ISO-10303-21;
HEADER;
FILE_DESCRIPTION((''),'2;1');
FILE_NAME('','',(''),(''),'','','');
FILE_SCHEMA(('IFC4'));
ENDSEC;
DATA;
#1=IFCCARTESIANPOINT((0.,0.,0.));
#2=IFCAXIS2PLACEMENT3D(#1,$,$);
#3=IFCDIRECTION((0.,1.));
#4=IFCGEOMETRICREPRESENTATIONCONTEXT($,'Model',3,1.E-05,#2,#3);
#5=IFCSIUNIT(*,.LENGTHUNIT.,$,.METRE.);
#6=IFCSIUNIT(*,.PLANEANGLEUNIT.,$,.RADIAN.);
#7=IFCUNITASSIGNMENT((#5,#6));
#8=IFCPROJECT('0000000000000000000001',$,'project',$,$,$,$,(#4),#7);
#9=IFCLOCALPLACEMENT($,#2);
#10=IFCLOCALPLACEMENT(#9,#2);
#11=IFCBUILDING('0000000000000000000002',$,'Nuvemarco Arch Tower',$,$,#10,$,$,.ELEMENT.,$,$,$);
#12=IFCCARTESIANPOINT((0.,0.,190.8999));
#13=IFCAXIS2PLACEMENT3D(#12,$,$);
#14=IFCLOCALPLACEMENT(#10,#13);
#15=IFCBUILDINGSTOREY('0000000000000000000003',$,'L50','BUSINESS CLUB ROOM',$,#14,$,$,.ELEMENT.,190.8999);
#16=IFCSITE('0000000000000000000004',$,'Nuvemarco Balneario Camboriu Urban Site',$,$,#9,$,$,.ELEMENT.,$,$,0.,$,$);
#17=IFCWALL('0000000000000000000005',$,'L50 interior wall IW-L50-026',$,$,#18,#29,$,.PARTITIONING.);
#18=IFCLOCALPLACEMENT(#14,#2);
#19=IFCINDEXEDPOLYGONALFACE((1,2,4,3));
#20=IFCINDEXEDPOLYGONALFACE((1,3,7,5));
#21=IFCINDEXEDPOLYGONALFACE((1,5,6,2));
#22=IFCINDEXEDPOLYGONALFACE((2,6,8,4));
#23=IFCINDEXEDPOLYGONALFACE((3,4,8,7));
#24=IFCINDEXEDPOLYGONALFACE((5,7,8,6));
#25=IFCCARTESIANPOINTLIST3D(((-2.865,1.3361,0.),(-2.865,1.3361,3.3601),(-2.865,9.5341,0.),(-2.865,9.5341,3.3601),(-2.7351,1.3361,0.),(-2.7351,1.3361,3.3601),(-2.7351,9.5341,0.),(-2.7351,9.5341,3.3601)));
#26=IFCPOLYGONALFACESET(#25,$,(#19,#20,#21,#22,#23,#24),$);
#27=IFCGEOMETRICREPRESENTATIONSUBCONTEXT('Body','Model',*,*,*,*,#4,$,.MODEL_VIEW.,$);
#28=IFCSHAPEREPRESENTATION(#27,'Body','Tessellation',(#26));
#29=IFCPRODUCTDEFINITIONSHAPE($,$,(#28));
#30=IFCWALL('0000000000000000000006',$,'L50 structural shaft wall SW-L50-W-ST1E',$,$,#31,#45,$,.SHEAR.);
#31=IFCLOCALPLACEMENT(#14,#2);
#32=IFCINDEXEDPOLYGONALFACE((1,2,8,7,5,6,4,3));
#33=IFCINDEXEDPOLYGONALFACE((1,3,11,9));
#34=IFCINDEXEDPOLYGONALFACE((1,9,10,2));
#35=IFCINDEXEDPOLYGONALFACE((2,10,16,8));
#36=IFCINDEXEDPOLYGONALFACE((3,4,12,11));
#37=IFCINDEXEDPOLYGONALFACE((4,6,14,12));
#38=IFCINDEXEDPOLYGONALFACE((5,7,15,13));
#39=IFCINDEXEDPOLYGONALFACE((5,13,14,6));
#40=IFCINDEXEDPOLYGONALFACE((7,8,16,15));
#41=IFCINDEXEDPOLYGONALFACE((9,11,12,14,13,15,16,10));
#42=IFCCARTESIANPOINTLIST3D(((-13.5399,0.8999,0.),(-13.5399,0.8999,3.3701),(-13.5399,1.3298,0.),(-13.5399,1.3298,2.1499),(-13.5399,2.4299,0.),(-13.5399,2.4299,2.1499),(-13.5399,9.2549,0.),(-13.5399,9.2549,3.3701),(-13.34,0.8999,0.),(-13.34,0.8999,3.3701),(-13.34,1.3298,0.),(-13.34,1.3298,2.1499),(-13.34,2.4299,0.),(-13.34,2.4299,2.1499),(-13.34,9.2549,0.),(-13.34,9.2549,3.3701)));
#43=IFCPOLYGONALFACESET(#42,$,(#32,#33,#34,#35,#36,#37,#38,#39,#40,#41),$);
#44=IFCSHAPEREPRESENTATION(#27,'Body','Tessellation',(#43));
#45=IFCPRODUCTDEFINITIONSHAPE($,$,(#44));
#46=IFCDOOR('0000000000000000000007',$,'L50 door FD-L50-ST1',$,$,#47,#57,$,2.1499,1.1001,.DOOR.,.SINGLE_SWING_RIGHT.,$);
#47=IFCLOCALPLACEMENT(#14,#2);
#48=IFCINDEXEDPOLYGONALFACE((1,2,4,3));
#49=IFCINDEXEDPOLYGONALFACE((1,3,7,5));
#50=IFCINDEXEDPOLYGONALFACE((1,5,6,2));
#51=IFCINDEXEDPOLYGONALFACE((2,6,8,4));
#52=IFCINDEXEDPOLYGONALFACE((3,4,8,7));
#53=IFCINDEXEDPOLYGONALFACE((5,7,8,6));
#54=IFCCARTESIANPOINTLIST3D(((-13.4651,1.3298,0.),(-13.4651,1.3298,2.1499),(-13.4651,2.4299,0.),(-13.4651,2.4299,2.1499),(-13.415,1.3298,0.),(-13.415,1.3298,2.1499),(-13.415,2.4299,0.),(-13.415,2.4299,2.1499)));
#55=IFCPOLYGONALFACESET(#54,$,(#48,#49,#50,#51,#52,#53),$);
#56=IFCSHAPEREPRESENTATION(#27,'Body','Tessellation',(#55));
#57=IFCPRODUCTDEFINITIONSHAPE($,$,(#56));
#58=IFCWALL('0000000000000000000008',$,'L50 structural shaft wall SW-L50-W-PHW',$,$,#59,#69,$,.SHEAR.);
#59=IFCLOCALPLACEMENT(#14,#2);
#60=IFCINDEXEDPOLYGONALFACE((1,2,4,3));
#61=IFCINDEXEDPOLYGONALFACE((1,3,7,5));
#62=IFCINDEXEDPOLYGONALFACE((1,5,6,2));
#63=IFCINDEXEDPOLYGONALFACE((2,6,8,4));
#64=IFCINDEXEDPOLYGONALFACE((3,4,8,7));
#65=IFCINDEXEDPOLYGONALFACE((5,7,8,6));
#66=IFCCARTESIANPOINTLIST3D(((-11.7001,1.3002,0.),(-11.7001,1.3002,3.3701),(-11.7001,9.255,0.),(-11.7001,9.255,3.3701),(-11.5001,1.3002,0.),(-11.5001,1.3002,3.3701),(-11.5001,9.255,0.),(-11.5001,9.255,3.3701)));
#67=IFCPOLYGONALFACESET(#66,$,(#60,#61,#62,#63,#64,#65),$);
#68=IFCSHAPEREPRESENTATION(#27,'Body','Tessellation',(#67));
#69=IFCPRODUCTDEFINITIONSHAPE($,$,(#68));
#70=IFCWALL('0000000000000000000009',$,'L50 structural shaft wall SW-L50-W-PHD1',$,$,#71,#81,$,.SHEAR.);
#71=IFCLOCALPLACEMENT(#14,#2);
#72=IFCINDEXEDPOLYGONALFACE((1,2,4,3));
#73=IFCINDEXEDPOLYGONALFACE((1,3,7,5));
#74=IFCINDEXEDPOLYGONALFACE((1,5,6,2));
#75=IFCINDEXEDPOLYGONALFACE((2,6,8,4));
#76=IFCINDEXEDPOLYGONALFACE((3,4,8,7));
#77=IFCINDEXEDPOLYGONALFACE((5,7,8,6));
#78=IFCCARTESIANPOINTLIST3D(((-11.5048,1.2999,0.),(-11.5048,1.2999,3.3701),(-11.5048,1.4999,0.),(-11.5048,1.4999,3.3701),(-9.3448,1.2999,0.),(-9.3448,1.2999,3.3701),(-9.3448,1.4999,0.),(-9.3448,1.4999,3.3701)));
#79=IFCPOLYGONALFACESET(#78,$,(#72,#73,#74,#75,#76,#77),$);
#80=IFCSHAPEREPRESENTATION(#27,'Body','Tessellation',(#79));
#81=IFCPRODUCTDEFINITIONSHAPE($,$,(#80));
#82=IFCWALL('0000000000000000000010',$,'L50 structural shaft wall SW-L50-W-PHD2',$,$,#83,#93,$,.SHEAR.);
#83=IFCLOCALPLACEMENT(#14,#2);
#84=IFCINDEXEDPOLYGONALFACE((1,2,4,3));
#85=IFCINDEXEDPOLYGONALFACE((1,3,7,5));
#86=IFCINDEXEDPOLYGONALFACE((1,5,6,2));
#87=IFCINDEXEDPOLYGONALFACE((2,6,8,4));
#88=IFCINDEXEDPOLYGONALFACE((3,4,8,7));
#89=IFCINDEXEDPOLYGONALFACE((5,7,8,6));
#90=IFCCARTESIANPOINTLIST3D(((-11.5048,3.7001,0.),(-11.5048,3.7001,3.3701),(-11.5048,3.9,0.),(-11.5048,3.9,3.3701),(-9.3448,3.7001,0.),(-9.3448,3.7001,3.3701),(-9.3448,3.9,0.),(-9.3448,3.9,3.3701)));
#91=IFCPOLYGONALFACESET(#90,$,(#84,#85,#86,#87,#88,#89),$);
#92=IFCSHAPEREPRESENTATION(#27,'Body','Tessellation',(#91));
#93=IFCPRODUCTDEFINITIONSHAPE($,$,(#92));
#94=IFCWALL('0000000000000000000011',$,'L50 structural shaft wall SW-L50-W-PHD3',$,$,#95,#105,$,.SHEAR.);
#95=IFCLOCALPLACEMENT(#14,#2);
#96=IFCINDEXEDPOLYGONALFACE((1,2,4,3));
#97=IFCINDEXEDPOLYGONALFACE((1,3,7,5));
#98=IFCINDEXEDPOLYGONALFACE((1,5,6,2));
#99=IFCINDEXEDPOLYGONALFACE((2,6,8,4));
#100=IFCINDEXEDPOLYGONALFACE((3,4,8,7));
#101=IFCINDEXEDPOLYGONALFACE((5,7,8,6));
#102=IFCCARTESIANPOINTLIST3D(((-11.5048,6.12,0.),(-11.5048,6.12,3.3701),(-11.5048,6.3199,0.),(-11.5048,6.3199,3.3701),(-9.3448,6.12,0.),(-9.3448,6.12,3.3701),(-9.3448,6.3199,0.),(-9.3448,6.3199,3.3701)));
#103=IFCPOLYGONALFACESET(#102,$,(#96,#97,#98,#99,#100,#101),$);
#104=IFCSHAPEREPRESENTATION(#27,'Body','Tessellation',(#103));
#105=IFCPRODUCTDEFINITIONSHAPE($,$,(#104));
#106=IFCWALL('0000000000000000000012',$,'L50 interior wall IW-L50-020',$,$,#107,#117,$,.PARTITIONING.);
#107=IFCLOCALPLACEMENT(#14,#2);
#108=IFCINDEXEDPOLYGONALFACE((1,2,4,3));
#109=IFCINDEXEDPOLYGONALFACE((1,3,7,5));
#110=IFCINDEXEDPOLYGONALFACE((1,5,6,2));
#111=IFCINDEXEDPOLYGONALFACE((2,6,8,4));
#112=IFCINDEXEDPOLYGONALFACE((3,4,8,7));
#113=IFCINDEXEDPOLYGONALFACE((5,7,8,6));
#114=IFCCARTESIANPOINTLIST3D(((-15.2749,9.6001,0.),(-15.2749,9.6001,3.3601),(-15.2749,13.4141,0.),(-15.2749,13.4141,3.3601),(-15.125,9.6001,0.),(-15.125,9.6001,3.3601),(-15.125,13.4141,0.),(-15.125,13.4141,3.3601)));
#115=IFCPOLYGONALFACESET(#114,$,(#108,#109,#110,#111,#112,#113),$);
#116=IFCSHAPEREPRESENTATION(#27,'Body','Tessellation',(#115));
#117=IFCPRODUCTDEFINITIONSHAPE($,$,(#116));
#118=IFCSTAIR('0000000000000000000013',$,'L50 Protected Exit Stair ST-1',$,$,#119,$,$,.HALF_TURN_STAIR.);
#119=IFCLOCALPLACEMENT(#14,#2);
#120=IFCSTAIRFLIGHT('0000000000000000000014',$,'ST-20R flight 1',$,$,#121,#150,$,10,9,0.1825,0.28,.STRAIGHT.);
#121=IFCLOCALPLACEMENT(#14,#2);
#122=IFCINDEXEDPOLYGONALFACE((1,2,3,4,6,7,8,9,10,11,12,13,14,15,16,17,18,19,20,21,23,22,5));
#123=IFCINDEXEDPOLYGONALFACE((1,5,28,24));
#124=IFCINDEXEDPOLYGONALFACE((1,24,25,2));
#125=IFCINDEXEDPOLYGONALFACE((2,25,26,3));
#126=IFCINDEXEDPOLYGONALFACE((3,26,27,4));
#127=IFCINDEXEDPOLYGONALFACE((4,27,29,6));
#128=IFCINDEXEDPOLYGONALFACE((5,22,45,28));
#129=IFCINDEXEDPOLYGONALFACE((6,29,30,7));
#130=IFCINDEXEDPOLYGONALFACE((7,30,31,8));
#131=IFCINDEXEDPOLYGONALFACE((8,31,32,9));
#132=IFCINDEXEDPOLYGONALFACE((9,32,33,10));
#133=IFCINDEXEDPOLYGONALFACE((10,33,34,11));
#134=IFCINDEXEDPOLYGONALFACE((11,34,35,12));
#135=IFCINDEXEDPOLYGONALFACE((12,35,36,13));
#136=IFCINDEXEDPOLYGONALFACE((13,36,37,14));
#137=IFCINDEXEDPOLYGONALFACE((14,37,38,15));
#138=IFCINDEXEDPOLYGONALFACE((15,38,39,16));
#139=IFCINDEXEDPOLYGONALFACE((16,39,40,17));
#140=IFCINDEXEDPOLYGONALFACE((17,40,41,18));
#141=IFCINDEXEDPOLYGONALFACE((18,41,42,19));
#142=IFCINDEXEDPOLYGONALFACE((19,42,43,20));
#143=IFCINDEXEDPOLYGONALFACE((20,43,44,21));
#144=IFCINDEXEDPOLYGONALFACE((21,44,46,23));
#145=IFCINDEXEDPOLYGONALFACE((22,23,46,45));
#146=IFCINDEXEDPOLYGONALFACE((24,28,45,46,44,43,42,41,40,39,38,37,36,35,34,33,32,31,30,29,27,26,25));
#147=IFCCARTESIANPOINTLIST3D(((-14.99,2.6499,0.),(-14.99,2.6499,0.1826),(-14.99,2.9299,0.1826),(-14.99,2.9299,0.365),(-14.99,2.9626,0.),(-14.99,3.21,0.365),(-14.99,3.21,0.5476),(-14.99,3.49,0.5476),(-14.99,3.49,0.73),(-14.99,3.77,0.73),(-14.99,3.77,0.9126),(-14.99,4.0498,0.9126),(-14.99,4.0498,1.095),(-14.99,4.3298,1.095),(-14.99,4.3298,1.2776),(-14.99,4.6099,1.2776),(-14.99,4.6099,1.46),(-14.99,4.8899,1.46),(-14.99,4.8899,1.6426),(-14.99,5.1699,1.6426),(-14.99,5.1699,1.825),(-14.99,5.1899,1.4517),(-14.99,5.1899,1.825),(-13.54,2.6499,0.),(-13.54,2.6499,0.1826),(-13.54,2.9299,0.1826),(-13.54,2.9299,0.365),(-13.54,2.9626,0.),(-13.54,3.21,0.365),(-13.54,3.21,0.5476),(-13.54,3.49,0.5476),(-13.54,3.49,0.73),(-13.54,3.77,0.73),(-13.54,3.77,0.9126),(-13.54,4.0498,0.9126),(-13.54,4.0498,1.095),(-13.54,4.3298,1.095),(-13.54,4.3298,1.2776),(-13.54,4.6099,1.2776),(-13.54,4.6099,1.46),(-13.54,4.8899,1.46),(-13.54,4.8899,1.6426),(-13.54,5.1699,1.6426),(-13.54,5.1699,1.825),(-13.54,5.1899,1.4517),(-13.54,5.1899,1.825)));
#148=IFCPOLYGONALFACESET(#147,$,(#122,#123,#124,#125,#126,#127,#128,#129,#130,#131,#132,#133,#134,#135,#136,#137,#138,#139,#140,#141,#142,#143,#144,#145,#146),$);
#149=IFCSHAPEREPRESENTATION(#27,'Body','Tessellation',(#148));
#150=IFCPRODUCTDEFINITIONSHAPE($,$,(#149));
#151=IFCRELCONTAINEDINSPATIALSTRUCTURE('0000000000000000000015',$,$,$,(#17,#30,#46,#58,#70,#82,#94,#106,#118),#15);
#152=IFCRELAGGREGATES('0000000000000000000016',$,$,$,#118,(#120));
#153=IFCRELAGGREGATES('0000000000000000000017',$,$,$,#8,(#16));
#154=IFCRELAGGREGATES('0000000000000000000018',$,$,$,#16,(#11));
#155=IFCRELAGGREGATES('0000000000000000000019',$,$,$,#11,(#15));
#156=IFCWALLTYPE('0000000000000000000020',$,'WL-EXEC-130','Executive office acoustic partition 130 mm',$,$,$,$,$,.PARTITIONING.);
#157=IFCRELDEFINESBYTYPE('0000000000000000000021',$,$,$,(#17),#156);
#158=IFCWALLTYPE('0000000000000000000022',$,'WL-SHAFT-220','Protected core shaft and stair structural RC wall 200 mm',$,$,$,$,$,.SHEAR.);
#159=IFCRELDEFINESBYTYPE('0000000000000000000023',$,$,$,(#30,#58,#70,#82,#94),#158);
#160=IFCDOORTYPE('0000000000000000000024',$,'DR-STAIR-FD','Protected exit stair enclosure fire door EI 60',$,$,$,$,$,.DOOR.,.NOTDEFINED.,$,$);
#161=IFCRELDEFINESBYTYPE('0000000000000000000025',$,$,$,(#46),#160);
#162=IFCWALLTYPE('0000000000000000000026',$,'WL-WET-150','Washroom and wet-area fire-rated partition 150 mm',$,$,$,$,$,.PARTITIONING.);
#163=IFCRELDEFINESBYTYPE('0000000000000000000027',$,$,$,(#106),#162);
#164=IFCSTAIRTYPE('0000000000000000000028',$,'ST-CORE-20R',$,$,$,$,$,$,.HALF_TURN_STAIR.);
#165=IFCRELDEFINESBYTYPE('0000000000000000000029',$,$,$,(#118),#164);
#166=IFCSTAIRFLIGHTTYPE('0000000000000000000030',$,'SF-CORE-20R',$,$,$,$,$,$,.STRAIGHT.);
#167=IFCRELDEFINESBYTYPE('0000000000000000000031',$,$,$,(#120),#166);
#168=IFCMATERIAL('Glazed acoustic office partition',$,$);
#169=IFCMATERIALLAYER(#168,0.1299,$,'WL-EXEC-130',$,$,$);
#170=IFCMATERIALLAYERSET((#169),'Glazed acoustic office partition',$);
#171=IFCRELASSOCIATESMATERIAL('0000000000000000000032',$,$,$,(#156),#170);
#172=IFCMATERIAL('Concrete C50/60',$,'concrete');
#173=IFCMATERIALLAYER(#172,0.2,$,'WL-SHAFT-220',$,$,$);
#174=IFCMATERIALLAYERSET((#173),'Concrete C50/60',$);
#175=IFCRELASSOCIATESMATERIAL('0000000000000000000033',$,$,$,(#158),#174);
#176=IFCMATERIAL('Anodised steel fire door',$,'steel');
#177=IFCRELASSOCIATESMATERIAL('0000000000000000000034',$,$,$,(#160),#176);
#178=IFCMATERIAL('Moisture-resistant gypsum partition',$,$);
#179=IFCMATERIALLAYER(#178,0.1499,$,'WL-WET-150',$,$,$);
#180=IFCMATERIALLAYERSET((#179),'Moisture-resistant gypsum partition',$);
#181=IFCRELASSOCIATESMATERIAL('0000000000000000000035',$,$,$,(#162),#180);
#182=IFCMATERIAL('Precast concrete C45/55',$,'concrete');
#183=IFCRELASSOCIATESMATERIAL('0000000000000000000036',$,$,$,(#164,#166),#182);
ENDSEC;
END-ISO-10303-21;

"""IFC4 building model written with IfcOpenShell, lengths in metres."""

from ifc_helpers import new_model, si_unit, direction, frame, frame_2d, origin, place, context, subcontext, project, spatial, polyline, rectangle, outline, extrude, source, transform, mapped, material, layer, layer_set, type_object, type_shapes, element, fill, aggregate, save


model = new_model("IFC4")

# Units and contexts
model_context = context("Model", 3, precision=1e-05, world=origin(), true_north=direction((0.0, 1.0)))
body_context = subcontext(model_context, "Body", "Model", "MODEL_VIEW")
ifc_project = project(units=[si_unit("LENGTHUNIT", "METRE"), si_unit("PLANEANGLEUNIT", "RADIAN")], contexts=[model_context])

# Site, building, storey
site_placement = place(None, origin())
site = spatial("IfcSite", under=ifc_project, at=site_placement, Name="Nuvemarco Balneario Camboriu Urban Site", CompositionType="ELEMENT", RefElevation=0.0)
building_placement = place(site_placement, origin())
building = spatial("IfcBuilding", under=site, at=building_placement, Name="Nuvemarco Arch Tower", CompositionType="ELEMENT")
storey_placement = place(building_placement, frame((0.0, 0.0, 190.8999)))
storey = spatial("IfcBuildingStorey", under=building, at=storey_placement, Name="L50", Description="BUSINESS CLUB ROOM", CompositionType="ELEMENT", Elevation=190.8999)

# Shared definitions
ifc_material_1 = material(Name="Concrete C50/60", Category="concrete")

# Wall
ifc_material_2 = material(Name="Glazed acoustic office partition")
ifc_layer_1 = layer(ifc_material_2, 0.1299, Name="WL-EXEC-130")
ifc_layer_set_1 = layer_set([ifc_layer_1], Name="Glazed acoustic office partition")
wall_type_1 = type_object("IfcWallType", Name="WL-EXEC-130", Description="Executive office acoustic partition 130 mm", PredefinedType="PARTITIONING", material=ifc_layer_set_1)
wall_1_placement = place(storey_placement, frame((-2.8, 1.3359, 0.0), z_axis=(0.0, 0.0, 1.0), x_axis=(0.0, 1.0, 0.0)))
element("IfcWall", 1, at=wall_1_placement, inside=storey, type_object=wall_type_1, Name="L50 interior wall IW-L50-026", PredefinedType="PARTITIONING", context=body_context, shape_type="SweptSolid", body=[
    extrude(rectangle(XDim=8.198, YDim=0.1299, at=frame_2d((4.0991, 0.0))), origin(), (0.0, 0.0, 1.0), 3.3601),
])

# Wall, opening, door
ifc_layer_2 = layer(ifc_material_1, 0.2, Name="WL-SHAFT-220")
ifc_layer_set_2 = layer_set([ifc_layer_2], Name="Concrete C50/60")
wall_type_2 = type_object("IfcWallType", Name="WL-SHAFT-220", Description="Protected core shaft and stair structural RC wall 200 mm", PredefinedType="SHEAR", material=ifc_layer_set_2)
wall_2_placement = place(storey_placement, frame((-13.4399, 0.8999, 0.0), z_axis=(0.0, 0.0, 1.0), x_axis=(0.0, 1.0, 0.0)))
wall_2 = element("IfcWall", 2, at=wall_2_placement, inside=storey, type_object=wall_type_2, Name="L50 structural shaft wall SW-L50-W-ST1E", PredefinedType="SHEAR", context=body_context, shape_type="SweptSolid", body=[
    extrude(rectangle(XDim=8.355, YDim=0.2, at=frame_2d((4.1775, 0.0))), origin(), (0.0, 0.0, 1.0), 3.3701),
])
opening_1_placement = place(wall_2_placement, frame((1.53, 0.0, 0.0), z_axis=(0.0, 0.0, 1.0), x_axis=(-1.0, 0.0, 0.0)))
opening_1 = element("IfcOpeningElement", 3, at=opening_1_placement, cuts=wall_2, PredefinedType="OPENING", context=body_context, shape_type="SweptSolid", body=[
    extrude(rectangle(XDim=1.1001, YDim=2.1499, at=frame_2d((0.55, 1.075))), frame((0.0, 0.1099, 0.0), z_axis=(0.0, -1.0, 0.0), x_axis=(1.0, 0.0, 0.0)), (0.0, 0.0, 1.0), 0.22),
])
ifc_material_3 = material(Name="Anodised steel fire door", Category="steel")
door_type_1 = type_object("IfcDoorType", Name="DR-STAIR-FD", Description="Protected exit stair enclosure fire door EI 60", OperationType="NOTDEFINED", PredefinedType="DOOR", material=ifc_material_3)
shared_shape_1 = source(origin(), body_context, "Body", "SweptSolid", [
    extrude(rectangle(XDim=1.1001, YDim=2.1499, at=frame_2d((0.55, 1.075))), frame((0.0, 0.0249, 0.0), z_axis=(0.0, -1.0, 0.0), x_axis=(1.0, 0.0, 0.0)), (0.0, 0.0, 1.0), 0.05),
])
type_shapes(door_type_1, [shared_shape_1])
door_1_placement = place(opening_1_placement, origin())
door_1 = element("IfcDoor", 4, at=door_1_placement, inside=storey, type_object=door_type_1, Name="L50 door FD-L50-ST1", OperationType="SINGLE_SWING_RIGHT", OverallHeight=2.1499, OverallWidth=1.1001, PredefinedType="DOOR", context=body_context, shape_type="MappedRepresentation", body=[
    mapped(shared_shape_1, transform((0.0, 0.0, 0.0), scale=1.0)),
])
fill(opening_1, door_1)

# Walls
wall_3_placement = place(storey_placement, frame((-11.6001, 1.3, 0.0), z_axis=(0.0, 0.0, 1.0), x_axis=(0.0, 1.0, 0.0)))
element("IfcWall", 5, at=wall_3_placement, inside=storey, type_object=wall_type_2, Name="L50 structural shaft wall SW-L50-W-PHW", PredefinedType="SHEAR", context=body_context, shape_type="SweptSolid", body=[
    extrude(rectangle(XDim=7.9548, YDim=0.2, at=frame_2d((3.9775, 0.0))), origin(), (0.0, 0.0, 1.0), 3.3701),
])
for number, where, z_axis, x_axis, name in (
    (6, (-11.5049, 1.3999, 0.0), (0.0, 0.0, 1.0), (1.0, 0.0, 0.0), "L50 structural shaft wall SW-L50-W-PHD1"),
    (7, (-11.5049, 3.8, 0.0), (0.0, 0.0, 1.0), (1.0, 0.0, 0.0), "L50 structural shaft wall SW-L50-W-PHD2"),
    (8, (-11.5049, 6.22, 0.0), (0.0, 0.0, 1.0), (1.0, 0.0, 0.0), "L50 structural shaft wall SW-L50-W-PHD3"),
):
    element("IfcWall", number, at=place(storey_placement, frame(where, z_axis=z_axis, x_axis=x_axis)), inside=storey, type_object=wall_type_2, Name=name, PredefinedType="SHEAR", context=body_context, shape_type="SweptSolid", body=[
        extrude(rectangle(XDim=2.1599, YDim=0.2, at=frame_2d((1.0801, 0.0))), origin(), (0.0, 0.0, 1.0), 3.3701),
    ])
ifc_material_4 = material(Name="Moisture-resistant gypsum partition")
ifc_layer_3 = layer(ifc_material_4, 0.1499, Name="WL-WET-150")
ifc_layer_set_3 = layer_set([ifc_layer_3], Name="Moisture-resistant gypsum partition")
wall_type_3 = type_object("IfcWallType", Name="WL-WET-150", Description="Washroom and wet-area fire-rated partition 150 mm", PredefinedType="PARTITIONING", material=ifc_layer_set_3)
wall_4_placement = place(storey_placement, frame((-15.2, 9.6001, 0.0), z_axis=(0.0, 0.0, 1.0), x_axis=(0.0, 1.0, 0.0)))
element("IfcWall", 9, at=wall_4_placement, inside=storey, type_object=wall_type_3, Name="L50 interior wall IW-L50-020", PredefinedType="PARTITIONING", context=body_context, shape_type="SweptSolid", body=[
    extrude(rectangle(XDim=3.814, YDim=0.1499, at=frame_2d((1.907, 0.0))), origin(), (0.0, 0.0, 1.0), 3.3601),
])

# Stair, stair flight
ifc_material_5 = material(Name="Precast concrete C45/55", Category="concrete")
stair_type = type_object("IfcStairType", Name="ST-CORE-20R", PredefinedType="HALF_TURN_STAIR", material=ifc_material_5)
stair_placement = place(storey_placement, origin())
stair = element("IfcStair", 10, at=stair_placement, inside=storey, type_object=stair_type, Name="L50 Protected Exit Stair ST-1", PredefinedType="HALF_TURN_STAIR")
stair_flight_type = type_object("IfcStairFlightType", Name="SF-CORE-20R", PredefinedType="STRAIGHT", material=ifc_material_5)
stair_flight_placement = place(storey_placement, frame((-14.2649, 2.6499, 0.0), z_axis=(0.0, 0.0, 1.0), x_axis=(0.0, 1.0, 0.0)))
stair_flight = element("IfcStairFlight", 11, at=stair_flight_placement, type_object=stair_flight_type, Name="ST-20R flight 1", NumberOfRisers=10, NumberOfTreads=9, PredefinedType="STRAIGHT", RiserHeight=0.1825, TreadLength=0.28, context=body_context, shape_type="SweptSolid", body=[
    extrude(outline(polyline([(0.0, 0.0), (0.0, 0.1826), (0.28, 0.1826), (0.28, 0.365), (0.5601, 0.365), (0.5601, 0.5476), (0.8401, 0.5476), (0.8401, 0.73), (1.1201, 0.73), (1.1201, 0.9126), (1.3999, 0.9126), (1.3999, 1.095), (1.6799, 1.095), (1.6799, 1.2776), (1.96, 1.2776), (1.96, 1.46), (2.24, 1.46), (2.24, 1.6426), (2.52, 1.6426), (2.52, 1.825), (2.54, 1.825), (2.54, 1.4517), (0.3127, 0.0), (0.0, 0.0)])), frame((0.0, 0.7251, 0.0), z_axis=(0.0, -1.0, 0.0), x_axis=(1.0, 0.0, 0.0)), (0.0, 0.0, 1.0), 1.45),
])
aggregate(stair, [stair_flight])

save(model, "model.ifc")
